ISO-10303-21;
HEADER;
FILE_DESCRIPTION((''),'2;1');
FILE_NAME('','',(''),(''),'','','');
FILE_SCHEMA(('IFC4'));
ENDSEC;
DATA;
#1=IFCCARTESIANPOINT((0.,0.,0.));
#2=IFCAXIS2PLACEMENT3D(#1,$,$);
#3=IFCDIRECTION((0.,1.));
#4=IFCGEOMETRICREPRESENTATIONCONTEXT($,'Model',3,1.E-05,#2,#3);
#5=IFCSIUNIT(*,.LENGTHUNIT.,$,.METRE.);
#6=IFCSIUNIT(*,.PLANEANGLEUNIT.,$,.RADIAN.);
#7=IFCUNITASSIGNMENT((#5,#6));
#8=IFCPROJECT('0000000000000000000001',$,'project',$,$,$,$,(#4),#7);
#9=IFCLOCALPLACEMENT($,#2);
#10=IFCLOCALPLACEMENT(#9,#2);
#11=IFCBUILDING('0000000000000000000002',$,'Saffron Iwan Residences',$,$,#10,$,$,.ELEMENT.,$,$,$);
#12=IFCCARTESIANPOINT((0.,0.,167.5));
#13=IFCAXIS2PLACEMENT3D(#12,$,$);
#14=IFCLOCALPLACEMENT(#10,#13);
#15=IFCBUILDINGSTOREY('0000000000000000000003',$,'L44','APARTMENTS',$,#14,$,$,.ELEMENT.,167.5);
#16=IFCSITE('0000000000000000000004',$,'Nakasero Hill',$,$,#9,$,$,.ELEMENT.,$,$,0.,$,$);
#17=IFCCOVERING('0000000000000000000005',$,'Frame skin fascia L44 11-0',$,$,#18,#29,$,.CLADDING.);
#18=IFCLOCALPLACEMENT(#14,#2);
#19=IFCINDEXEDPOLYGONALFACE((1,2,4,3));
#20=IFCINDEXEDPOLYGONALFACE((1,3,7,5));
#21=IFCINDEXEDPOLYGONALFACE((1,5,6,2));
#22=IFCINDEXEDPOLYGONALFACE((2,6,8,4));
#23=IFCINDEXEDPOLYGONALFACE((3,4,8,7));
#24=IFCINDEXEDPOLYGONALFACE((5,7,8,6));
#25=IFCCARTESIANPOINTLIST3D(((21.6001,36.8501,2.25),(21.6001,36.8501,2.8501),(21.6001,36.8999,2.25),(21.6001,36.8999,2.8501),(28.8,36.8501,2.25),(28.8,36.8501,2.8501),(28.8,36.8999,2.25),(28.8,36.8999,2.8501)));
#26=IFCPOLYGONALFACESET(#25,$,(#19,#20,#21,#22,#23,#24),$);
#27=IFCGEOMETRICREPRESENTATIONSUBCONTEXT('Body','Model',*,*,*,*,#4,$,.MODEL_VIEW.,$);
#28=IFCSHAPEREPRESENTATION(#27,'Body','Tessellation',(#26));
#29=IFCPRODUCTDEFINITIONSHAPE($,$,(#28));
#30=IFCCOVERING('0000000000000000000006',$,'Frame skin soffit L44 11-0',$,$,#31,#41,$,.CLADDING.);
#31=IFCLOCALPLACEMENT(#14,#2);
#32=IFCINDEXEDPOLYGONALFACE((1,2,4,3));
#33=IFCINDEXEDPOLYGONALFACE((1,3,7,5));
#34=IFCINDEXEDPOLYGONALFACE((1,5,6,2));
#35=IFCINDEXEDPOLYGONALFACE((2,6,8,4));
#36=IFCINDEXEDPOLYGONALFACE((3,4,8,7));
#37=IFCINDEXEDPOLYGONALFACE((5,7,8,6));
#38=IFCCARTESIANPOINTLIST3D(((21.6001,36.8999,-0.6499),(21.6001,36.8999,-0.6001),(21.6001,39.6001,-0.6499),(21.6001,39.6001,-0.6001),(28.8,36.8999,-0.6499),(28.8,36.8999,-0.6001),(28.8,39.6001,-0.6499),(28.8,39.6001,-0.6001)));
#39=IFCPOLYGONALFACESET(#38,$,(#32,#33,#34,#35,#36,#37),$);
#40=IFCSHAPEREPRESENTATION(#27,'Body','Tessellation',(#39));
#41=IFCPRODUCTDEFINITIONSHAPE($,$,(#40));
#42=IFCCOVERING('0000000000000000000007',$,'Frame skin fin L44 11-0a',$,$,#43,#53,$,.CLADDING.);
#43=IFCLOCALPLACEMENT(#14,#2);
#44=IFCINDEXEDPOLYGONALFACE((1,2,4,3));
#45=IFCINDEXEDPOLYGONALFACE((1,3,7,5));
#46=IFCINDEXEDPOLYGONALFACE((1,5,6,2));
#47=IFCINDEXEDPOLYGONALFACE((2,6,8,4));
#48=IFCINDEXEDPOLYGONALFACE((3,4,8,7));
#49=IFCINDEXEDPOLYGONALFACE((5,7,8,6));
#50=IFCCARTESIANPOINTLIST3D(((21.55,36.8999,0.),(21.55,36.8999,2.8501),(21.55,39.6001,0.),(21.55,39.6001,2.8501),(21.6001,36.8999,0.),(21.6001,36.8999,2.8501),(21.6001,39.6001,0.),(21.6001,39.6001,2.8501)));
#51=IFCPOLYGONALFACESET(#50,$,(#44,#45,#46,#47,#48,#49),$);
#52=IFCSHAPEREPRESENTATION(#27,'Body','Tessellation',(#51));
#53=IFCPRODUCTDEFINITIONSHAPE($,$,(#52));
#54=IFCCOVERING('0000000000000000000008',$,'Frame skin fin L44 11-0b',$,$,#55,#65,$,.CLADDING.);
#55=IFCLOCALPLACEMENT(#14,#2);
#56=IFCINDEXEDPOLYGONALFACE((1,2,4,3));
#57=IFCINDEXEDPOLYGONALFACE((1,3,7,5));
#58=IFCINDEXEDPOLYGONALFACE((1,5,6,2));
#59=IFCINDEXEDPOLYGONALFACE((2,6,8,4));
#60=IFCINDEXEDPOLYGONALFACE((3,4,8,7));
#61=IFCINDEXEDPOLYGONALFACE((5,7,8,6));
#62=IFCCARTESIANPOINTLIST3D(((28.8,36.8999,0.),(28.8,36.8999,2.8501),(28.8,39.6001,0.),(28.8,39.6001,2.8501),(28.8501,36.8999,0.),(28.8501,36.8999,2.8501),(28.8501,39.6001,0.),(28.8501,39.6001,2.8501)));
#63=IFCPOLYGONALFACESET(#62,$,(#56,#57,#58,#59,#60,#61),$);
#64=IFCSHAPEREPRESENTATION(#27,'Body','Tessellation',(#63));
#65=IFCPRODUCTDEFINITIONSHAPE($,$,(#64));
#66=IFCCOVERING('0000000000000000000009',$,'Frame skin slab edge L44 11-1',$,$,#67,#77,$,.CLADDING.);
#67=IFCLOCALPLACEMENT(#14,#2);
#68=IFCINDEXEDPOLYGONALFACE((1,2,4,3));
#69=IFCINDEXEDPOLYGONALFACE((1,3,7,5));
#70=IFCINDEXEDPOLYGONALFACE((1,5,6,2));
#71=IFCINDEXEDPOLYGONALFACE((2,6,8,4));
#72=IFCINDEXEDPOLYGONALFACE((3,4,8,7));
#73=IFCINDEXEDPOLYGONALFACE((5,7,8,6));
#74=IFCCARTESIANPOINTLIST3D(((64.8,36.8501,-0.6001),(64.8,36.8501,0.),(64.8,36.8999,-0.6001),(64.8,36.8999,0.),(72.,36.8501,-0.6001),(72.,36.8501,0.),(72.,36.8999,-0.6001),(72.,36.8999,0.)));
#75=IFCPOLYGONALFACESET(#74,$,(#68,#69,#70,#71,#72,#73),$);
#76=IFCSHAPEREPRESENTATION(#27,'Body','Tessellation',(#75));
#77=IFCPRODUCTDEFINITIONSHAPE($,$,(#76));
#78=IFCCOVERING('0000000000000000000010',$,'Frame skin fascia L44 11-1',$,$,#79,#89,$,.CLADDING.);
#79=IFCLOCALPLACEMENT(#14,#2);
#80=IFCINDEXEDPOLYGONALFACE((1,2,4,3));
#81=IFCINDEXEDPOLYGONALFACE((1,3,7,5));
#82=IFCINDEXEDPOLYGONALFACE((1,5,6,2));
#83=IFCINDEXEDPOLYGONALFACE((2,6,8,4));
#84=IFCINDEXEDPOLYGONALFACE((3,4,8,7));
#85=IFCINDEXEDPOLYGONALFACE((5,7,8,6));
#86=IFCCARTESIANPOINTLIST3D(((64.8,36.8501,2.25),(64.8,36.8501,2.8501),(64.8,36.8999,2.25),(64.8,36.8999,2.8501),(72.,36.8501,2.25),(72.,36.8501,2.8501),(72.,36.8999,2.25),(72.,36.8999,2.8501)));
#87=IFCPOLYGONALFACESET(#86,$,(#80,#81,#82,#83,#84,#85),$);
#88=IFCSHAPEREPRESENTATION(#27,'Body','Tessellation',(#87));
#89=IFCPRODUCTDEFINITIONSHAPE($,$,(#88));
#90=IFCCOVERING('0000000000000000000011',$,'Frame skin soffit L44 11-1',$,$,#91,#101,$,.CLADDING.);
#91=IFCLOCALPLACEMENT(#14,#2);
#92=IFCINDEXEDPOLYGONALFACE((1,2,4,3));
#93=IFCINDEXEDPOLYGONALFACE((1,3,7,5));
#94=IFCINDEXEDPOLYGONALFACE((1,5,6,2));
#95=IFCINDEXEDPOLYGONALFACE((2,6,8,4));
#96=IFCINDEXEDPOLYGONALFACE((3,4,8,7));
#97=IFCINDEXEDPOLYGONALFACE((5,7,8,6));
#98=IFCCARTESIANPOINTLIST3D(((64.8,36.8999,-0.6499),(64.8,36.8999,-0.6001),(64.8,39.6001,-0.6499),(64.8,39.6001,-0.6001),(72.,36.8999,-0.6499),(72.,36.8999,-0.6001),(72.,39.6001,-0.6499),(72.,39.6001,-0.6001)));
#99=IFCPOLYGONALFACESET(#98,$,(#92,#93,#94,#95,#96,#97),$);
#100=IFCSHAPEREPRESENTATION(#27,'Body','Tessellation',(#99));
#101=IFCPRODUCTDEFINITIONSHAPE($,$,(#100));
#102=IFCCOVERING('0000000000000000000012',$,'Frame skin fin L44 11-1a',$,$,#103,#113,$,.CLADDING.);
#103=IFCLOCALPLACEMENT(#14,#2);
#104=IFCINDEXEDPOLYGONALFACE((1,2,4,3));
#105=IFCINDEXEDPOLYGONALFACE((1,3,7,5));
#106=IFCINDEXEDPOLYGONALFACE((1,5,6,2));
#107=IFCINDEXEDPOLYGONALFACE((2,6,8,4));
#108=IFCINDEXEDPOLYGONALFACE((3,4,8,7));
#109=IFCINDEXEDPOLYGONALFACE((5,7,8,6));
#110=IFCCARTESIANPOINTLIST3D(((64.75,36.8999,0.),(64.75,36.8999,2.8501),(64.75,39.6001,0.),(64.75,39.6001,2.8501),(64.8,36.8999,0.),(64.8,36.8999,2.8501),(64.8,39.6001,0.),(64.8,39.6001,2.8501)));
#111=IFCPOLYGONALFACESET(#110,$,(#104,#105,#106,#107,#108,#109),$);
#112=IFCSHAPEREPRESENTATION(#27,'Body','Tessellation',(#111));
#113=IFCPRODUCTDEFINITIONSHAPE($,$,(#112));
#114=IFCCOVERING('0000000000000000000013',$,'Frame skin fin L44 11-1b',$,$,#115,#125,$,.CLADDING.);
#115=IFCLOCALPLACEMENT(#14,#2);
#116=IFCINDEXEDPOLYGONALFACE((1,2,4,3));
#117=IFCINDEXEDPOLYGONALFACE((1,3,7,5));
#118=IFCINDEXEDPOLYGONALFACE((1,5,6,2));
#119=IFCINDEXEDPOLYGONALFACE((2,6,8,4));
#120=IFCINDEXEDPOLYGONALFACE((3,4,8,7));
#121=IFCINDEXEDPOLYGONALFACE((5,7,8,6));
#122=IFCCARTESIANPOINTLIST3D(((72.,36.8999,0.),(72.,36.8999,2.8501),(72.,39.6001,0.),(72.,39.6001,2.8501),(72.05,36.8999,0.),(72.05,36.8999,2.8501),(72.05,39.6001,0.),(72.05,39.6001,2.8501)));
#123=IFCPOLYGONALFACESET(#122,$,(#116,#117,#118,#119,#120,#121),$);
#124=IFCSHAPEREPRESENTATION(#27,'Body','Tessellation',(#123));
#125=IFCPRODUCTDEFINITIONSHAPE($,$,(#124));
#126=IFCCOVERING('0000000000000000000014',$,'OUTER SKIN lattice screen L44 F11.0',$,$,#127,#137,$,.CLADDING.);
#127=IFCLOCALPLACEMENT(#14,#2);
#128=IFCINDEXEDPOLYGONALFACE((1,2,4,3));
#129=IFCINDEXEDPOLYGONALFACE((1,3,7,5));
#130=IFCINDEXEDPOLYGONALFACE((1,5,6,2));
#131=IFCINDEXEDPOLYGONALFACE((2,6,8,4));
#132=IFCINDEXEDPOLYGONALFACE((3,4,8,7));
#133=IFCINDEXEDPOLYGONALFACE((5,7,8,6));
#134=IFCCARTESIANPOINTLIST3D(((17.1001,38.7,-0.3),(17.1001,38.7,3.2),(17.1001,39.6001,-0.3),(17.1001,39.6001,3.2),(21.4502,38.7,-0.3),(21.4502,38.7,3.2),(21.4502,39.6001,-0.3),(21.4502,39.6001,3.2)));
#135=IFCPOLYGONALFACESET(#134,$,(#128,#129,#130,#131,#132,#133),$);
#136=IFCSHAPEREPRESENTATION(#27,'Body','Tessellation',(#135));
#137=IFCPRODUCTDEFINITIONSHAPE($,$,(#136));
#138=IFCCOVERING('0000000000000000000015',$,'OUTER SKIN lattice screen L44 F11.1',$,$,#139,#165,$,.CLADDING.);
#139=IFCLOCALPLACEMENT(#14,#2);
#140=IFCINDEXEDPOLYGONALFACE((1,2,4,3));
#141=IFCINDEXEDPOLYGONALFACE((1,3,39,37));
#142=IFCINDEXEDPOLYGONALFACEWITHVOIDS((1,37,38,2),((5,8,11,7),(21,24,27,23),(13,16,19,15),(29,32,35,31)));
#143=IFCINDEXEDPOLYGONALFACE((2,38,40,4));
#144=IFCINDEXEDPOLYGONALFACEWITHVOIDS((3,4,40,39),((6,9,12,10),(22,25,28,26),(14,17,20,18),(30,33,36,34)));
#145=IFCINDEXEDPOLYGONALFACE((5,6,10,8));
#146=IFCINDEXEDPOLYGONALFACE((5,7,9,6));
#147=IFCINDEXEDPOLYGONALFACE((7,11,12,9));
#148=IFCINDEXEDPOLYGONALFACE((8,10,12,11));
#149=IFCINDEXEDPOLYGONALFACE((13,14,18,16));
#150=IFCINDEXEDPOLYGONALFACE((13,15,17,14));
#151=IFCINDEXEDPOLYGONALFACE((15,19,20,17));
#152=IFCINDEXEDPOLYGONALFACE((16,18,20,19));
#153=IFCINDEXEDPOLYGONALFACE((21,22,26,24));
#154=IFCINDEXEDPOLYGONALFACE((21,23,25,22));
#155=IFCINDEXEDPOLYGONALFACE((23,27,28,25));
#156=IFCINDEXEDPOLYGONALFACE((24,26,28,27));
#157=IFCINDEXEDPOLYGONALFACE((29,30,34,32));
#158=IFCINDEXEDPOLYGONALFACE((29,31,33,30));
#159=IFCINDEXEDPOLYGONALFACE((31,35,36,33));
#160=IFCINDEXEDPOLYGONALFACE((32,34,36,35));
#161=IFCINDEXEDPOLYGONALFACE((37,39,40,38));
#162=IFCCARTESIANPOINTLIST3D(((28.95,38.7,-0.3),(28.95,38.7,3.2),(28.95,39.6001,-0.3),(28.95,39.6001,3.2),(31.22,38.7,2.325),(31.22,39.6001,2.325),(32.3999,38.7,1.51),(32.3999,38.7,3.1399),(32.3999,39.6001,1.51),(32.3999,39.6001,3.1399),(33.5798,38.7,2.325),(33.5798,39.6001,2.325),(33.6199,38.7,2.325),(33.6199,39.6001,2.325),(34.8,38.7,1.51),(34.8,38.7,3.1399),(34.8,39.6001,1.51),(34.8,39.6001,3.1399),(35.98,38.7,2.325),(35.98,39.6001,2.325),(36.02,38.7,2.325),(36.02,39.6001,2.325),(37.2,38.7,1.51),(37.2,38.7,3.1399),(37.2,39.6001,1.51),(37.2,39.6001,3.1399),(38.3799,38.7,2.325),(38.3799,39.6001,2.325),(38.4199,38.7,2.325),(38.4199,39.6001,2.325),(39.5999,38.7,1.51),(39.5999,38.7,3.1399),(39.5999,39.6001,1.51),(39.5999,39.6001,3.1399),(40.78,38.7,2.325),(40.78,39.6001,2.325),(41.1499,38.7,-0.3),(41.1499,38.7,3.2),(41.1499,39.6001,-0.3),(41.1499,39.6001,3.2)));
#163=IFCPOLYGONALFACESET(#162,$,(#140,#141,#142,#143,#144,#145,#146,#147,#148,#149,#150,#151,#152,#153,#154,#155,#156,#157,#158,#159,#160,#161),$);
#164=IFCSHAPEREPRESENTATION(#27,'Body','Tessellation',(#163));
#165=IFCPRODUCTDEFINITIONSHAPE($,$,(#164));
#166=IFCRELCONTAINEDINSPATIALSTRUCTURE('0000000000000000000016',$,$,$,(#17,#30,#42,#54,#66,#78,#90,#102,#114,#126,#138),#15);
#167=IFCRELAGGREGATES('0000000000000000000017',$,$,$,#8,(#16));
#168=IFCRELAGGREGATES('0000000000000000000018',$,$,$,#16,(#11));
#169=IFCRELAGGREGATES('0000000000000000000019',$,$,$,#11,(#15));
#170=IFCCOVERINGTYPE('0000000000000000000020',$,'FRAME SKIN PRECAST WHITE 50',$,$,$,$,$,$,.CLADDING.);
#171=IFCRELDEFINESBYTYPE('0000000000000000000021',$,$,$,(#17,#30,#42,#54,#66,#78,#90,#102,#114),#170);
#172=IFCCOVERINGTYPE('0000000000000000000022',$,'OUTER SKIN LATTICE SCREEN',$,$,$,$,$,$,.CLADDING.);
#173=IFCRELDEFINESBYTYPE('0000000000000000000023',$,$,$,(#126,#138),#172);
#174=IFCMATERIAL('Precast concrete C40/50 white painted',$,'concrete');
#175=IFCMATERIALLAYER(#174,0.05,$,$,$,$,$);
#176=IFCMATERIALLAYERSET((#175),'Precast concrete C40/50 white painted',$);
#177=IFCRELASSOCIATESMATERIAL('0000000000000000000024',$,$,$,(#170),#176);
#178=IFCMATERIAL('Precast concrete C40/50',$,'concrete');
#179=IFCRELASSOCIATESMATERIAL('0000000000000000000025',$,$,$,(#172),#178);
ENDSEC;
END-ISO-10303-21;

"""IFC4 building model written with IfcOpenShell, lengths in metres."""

from ifc_helpers import new_model, si_unit, direction, frame, origin, place, context, subcontext, project, spatial, polyline, outline, extrude, material, layer, layer_set, type_object, element, save


model = new_model("IFC4")

# Units and contexts
model_context = context("Model", 3, precision=1e-05, world=origin(), true_north=direction((0.0, 1.0)))
body_context = subcontext(model_context, "Body", "Model", "MODEL_VIEW")
ifc_project = project(units=[si_unit("LENGTHUNIT", "METRE"), si_unit("PLANEANGLEUNIT", "RADIAN")], contexts=[model_context])

# Site, building, storey
site_placement = place(None, origin())
site = spatial("IfcSite", under=ifc_project, at=site_placement, Name="Nakasero Hill", CompositionType="ELEMENT", RefElevation=0.0)
building_placement = place(site_placement, origin())
building = spatial("IfcBuilding", under=site, at=building_placement, Name="Saffron Iwan Residences", CompositionType="ELEMENT")
storey_placement = place(building_placement, frame((0.0, 0.0, 167.5)))
storey = spatial("IfcBuildingStorey", under=building, at=storey_placement, Name="L44", Description="APARTMENTS", CompositionType="ELEMENT", Elevation=167.5)

# Coverings
ifc_material_1 = material(Name="Precast concrete C40/50 white painted", Category="concrete")
ifc_layer_1 = layer(ifc_material_1, 0.05)
ifc_layer_set_1 = layer_set([ifc_layer_1], Name="Precast concrete C40/50 white painted")
covering_type_1 = type_object("IfcCoveringType", Name="FRAME SKIN PRECAST WHITE 50", PredefinedType="CLADDING", material=ifc_layer_set_1)
for number, where, name in (
    (1, (0.0, 0.0, 2.25), "Frame skin fascia L44 11-0"),
):
    element("IfcCovering", number, at=place(storey_placement, frame(where)), inside=storey, type_object=covering_type_1, Name=name, PredefinedType="CLADDING", context=body_context, shape_type="SweptSolid", body=[
        extrude(outline(polyline([(21.6001, 36.8501), (28.8, 36.8501), (28.8, 36.8999), (21.6001, 36.8999), (21.6001, 36.8501)])), origin(), (0.0, 0.0, 1.0), 0.6001),
    ])
covering_1_placement = place(storey_placement, frame((0.0, 0.0, -0.6499)))
element("IfcCovering", 2, at=covering_1_placement, inside=storey, type_object=covering_type_1, Name="Frame skin soffit L44 11-0", PredefinedType="CLADDING", context=body_context, shape_type="SweptSolid", body=[
    extrude(outline(polyline([(21.6001, 36.8999), (28.8, 36.8999), (28.8, 39.6001), (21.6001, 39.6001), (21.6001, 36.8999)])), origin(), (0.0, 0.0, 1.0), 0.0498),
])
covering_2_placement = place(storey_placement, origin())
element("IfcCovering", 3, at=covering_2_placement, inside=storey, type_object=covering_type_1, Name="Frame skin fin L44 11-0a", PredefinedType="CLADDING", context=body_context, shape_type="SweptSolid", body=[
    extrude(outline(polyline([(21.55, 36.8999), (21.6001, 36.8999), (21.6001, 39.6001), (21.55, 39.6001), (21.55, 36.8999)])), origin(), (0.0, 0.0, 1.0), 2.8501),
])
covering_3_placement = place(storey_placement, origin())
element("IfcCovering", 4, at=covering_3_placement, inside=storey, type_object=covering_type_1, Name="Frame skin fin L44 11-0b", PredefinedType="CLADDING", context=body_context, shape_type="SweptSolid", body=[
    extrude(outline(polyline([(28.8, 36.8999), (28.8501, 36.8999), (28.8501, 39.6001), (28.8, 39.6001), (28.8, 36.8999)])), origin(), (0.0, 0.0, 1.0), 2.8501),
])
for number, where, name in (
    (5, (0.0, 0.0, -0.6001), "Frame skin slab edge L44 11-1"),
    (6, (0.0, 0.0, 2.25), "Frame skin fascia L44 11-1"),
):
    element("IfcCovering", number, at=place(storey_placement, frame(where)), inside=storey, type_object=covering_type_1, Name=name, PredefinedType="CLADDING", context=body_context, shape_type="SweptSolid", body=[
        extrude(outline(polyline([(64.8, 36.8501), (72.0, 36.8501), (72.0, 36.8999), (64.8, 36.8999), (64.8, 36.8501)])), origin(), (0.0, 0.0, 1.0), 0.6001),
    ])
covering_4_placement = place(storey_placement, frame((0.0, 0.0, -0.6499)))
element("IfcCovering", 7, at=covering_4_placement, inside=storey, type_object=covering_type_1, Name="Frame skin soffit L44 11-1", PredefinedType="CLADDING", context=body_context, shape_type="SweptSolid", body=[
    extrude(outline(polyline([(64.8, 36.8999), (72.0, 36.8999), (72.0, 39.6001), (64.8, 39.6001), (64.8, 36.8999)])), origin(), (0.0, 0.0, 1.0), 0.0498),
])
covering_5_placement = place(storey_placement, origin())
element("IfcCovering", 8, at=covering_5_placement, inside=storey, type_object=covering_type_1, Name="Frame skin fin L44 11-1a", PredefinedType="CLADDING", context=body_context, shape_type="SweptSolid", body=[
    extrude(outline(polyline([(64.75, 36.8999), (64.8, 36.8999), (64.8, 39.6001), (64.75, 39.6001), (64.75, 36.8999)])), origin(), (0.0, 0.0, 1.0), 2.8501),
])
covering_6_placement = place(storey_placement, origin())
element("IfcCovering", 9, at=covering_6_placement, inside=storey, type_object=covering_type_1, Name="Frame skin fin L44 11-1b", PredefinedType="CLADDING", context=body_context, shape_type="SweptSolid", body=[
    extrude(outline(polyline([(72.0, 36.8999), (72.05, 36.8999), (72.05, 39.6001), (72.0, 39.6001), (72.0, 36.8999)])), origin(), (0.0, 0.0, 1.0), 2.8501),
])
ifc_material_2 = material(Name="Precast concrete C40/50", Category="concrete")
covering_type_2 = type_object("IfcCoveringType", Name="OUTER SKIN LATTICE SCREEN", PredefinedType="CLADDING", material=ifc_material_2)
covering_7_placement = place(storey_placement, frame((17.1001, 39.6001, -0.3), z_axis=(0.0, -1.0, 0.0), x_axis=(1.0, 0.0, 0.0)))
element("IfcCovering", 10, at=covering_7_placement, inside=storey, type_object=covering_type_2, Name="OUTER SKIN lattice screen L44 F11.0", PredefinedType="CLADDING", context=body_context, shape_type="SweptSolid", body=[
    extrude(outline(polyline([(0.0, 0.0), (4.3501, 0.0), (4.3501, 3.5), (0.0, 3.5), (0.0, 0.0)])), origin(), (0.0, 0.0, 1.0), 0.9001),
])
covering_8_placement = place(storey_placement, frame((28.95, 39.6001, -0.3), z_axis=(0.0, -1.0, 0.0), x_axis=(1.0, 0.0, 0.0)))
element("IfcCovering", 11, at=covering_8_placement, inside=storey, type_object=covering_type_2, Name="OUTER SKIN lattice screen L44 F11.1", PredefinedType="CLADDING", context=body_context, shape_type="SweptSolid", body=[
    extrude(outline(polyline([(0.0, 0.0), (12.2, 0.0), (12.2, 3.5), (0.0, 3.5), (0.0, 0.0)]), holes=[polyline([(2.27, 2.625), (3.45, 1.8101), (4.6299, 2.625), (3.45, 3.4399), (2.27, 2.625)]), polyline([(4.6699, 2.625), (5.8501, 1.8101), (7.03, 2.625), (5.8501, 3.4399), (4.6699, 2.625)]), polyline([(7.0701, 2.625), (8.25, 1.8101), (9.4299, 2.625), (8.25, 3.4399), (7.0701, 2.625)]), polyline([(9.47, 2.625), (10.6499, 1.8101), (11.8301, 2.625), (10.6499, 3.4399), (9.47, 2.625)])]), origin(), (0.0, 0.0, 1.0), 0.9001),
])

save(model, "model.ifc")
